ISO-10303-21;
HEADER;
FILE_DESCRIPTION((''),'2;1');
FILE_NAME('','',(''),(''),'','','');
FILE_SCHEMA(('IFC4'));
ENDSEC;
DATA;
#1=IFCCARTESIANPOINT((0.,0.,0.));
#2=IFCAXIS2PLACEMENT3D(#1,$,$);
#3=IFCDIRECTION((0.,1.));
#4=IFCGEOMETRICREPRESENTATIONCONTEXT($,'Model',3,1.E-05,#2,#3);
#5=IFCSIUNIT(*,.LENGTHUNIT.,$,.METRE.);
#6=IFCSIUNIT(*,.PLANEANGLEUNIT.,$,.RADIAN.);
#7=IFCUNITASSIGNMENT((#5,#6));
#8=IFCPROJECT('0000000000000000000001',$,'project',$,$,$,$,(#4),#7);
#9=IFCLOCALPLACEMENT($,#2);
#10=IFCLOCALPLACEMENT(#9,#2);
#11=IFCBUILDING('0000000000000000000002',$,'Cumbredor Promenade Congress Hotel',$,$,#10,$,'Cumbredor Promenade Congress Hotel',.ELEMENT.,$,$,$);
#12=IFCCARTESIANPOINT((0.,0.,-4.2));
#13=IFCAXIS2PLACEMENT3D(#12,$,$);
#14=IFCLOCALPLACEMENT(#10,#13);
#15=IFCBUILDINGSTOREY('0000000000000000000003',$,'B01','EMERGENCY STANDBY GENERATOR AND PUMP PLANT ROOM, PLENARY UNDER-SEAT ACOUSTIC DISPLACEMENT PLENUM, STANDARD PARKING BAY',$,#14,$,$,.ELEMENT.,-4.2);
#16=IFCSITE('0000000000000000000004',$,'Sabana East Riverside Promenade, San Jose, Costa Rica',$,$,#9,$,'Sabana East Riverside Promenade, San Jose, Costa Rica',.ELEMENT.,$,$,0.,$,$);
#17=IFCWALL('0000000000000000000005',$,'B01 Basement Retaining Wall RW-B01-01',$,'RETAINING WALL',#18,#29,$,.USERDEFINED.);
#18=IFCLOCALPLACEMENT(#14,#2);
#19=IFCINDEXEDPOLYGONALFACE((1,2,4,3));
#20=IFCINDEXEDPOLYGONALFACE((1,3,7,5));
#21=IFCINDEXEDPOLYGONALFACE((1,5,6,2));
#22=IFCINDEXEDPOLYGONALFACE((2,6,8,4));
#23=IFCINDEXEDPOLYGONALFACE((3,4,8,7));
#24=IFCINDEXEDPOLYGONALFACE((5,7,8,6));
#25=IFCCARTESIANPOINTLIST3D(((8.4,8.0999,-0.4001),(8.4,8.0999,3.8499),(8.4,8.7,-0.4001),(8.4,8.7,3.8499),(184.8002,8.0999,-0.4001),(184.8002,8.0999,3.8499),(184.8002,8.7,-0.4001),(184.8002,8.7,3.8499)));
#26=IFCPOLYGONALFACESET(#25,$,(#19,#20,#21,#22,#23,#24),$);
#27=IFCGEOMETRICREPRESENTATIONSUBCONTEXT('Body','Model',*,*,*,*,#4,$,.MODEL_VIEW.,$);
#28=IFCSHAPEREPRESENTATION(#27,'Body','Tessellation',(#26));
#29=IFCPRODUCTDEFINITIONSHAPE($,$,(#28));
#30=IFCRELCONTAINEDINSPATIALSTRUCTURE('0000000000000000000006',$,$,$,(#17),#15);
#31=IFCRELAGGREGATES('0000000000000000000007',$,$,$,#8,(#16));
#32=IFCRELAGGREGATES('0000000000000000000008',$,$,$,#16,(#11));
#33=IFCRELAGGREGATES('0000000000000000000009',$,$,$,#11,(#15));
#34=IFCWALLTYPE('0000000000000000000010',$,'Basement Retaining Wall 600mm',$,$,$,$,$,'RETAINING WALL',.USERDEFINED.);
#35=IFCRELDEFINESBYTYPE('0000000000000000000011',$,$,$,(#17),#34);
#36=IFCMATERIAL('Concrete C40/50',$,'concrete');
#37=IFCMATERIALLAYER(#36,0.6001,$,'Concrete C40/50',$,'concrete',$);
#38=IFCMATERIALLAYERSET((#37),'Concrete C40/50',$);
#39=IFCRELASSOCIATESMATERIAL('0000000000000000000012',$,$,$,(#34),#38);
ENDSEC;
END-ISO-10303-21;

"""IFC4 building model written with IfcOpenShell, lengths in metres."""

from ifc_helpers import new_model, si_unit, direction, frame, frame_2d, origin, place, context, subcontext, project, spatial, rectangle, extrude, material, layer, layer_set, type_object, element, save


model = new_model("IFC4")

# Units and contexts
model_context = context("Model", 3, precision=1e-05, world=origin(), true_north=direction((0.0, 1.0)))
body_context = subcontext(model_context, "Body", "Model", "MODEL_VIEW")
ifc_project = project(units=[si_unit("LENGTHUNIT", "METRE"), si_unit("PLANEANGLEUNIT", "RADIAN")], contexts=[model_context])

# Site, building, storey
site_placement = place(None, origin())
site = spatial("IfcSite", under=ifc_project, at=site_placement, Name="Sabana East Riverside Promenade, San Jose, Costa Rica", LongName="Sabana East Riverside Promenade, San Jose, Costa Rica", CompositionType="ELEMENT", RefElevation=0.0)
building_placement = place(site_placement, origin())
building = spatial("IfcBuilding", under=site, at=building_placement, Name="Cumbredor Promenade Congress Hotel", LongName="Cumbredor Promenade Congress Hotel", CompositionType="ELEMENT")
storey_placement = place(building_placement, frame((0.0, 0.0, -4.2)))
storey = spatial("IfcBuildingStorey", under=building, at=storey_placement, Name="B01", Description="EMERGENCY STANDBY GENERATOR AND PUMP PLANT ROOM, PLENARY UNDER-SEAT ACOUSTIC DISPLACEMENT PLENUM, STANDARD PARKING BAY", CompositionType="ELEMENT", Elevation=-4.2)

# Shared definitions
ifc_material_1 = material(Name="Concrete C40/50", Category="concrete")

# Wall
ifc_layer_1 = layer(ifc_material_1, 0.6001, Name="Concrete C40/50", Category="concrete")
ifc_layer_set_1 = layer_set([ifc_layer_1], Name="Concrete C40/50")
wall_type = type_object("IfcWallType", Name="Basement Retaining Wall 600mm", ElementType="RETAINING WALL", PredefinedType="USERDEFINED", material=ifc_layer_set_1)
wall_placement = place(storey_placement, frame((8.3999, 8.3999, -0.4001), z_axis=(0.0, 0.0, 1.0), x_axis=(1.0, 0.0, 0.0)))
element("IfcWall", 1, at=wall_placement, inside=storey, type_object=wall_type, Name="B01 Basement Retaining Wall RW-B01-01", ObjectType="RETAINING WALL", PredefinedType="USERDEFINED", context=body_context, shape_type="SweptSolid", body=[
    extrude(rectangle(XDim=176.4001, YDim=0.6001, at=frame_2d((88.2002, 0.0))), origin(), (0.0, 0.0, 1.0), 4.25),
])

save(model, "model.ifc")
